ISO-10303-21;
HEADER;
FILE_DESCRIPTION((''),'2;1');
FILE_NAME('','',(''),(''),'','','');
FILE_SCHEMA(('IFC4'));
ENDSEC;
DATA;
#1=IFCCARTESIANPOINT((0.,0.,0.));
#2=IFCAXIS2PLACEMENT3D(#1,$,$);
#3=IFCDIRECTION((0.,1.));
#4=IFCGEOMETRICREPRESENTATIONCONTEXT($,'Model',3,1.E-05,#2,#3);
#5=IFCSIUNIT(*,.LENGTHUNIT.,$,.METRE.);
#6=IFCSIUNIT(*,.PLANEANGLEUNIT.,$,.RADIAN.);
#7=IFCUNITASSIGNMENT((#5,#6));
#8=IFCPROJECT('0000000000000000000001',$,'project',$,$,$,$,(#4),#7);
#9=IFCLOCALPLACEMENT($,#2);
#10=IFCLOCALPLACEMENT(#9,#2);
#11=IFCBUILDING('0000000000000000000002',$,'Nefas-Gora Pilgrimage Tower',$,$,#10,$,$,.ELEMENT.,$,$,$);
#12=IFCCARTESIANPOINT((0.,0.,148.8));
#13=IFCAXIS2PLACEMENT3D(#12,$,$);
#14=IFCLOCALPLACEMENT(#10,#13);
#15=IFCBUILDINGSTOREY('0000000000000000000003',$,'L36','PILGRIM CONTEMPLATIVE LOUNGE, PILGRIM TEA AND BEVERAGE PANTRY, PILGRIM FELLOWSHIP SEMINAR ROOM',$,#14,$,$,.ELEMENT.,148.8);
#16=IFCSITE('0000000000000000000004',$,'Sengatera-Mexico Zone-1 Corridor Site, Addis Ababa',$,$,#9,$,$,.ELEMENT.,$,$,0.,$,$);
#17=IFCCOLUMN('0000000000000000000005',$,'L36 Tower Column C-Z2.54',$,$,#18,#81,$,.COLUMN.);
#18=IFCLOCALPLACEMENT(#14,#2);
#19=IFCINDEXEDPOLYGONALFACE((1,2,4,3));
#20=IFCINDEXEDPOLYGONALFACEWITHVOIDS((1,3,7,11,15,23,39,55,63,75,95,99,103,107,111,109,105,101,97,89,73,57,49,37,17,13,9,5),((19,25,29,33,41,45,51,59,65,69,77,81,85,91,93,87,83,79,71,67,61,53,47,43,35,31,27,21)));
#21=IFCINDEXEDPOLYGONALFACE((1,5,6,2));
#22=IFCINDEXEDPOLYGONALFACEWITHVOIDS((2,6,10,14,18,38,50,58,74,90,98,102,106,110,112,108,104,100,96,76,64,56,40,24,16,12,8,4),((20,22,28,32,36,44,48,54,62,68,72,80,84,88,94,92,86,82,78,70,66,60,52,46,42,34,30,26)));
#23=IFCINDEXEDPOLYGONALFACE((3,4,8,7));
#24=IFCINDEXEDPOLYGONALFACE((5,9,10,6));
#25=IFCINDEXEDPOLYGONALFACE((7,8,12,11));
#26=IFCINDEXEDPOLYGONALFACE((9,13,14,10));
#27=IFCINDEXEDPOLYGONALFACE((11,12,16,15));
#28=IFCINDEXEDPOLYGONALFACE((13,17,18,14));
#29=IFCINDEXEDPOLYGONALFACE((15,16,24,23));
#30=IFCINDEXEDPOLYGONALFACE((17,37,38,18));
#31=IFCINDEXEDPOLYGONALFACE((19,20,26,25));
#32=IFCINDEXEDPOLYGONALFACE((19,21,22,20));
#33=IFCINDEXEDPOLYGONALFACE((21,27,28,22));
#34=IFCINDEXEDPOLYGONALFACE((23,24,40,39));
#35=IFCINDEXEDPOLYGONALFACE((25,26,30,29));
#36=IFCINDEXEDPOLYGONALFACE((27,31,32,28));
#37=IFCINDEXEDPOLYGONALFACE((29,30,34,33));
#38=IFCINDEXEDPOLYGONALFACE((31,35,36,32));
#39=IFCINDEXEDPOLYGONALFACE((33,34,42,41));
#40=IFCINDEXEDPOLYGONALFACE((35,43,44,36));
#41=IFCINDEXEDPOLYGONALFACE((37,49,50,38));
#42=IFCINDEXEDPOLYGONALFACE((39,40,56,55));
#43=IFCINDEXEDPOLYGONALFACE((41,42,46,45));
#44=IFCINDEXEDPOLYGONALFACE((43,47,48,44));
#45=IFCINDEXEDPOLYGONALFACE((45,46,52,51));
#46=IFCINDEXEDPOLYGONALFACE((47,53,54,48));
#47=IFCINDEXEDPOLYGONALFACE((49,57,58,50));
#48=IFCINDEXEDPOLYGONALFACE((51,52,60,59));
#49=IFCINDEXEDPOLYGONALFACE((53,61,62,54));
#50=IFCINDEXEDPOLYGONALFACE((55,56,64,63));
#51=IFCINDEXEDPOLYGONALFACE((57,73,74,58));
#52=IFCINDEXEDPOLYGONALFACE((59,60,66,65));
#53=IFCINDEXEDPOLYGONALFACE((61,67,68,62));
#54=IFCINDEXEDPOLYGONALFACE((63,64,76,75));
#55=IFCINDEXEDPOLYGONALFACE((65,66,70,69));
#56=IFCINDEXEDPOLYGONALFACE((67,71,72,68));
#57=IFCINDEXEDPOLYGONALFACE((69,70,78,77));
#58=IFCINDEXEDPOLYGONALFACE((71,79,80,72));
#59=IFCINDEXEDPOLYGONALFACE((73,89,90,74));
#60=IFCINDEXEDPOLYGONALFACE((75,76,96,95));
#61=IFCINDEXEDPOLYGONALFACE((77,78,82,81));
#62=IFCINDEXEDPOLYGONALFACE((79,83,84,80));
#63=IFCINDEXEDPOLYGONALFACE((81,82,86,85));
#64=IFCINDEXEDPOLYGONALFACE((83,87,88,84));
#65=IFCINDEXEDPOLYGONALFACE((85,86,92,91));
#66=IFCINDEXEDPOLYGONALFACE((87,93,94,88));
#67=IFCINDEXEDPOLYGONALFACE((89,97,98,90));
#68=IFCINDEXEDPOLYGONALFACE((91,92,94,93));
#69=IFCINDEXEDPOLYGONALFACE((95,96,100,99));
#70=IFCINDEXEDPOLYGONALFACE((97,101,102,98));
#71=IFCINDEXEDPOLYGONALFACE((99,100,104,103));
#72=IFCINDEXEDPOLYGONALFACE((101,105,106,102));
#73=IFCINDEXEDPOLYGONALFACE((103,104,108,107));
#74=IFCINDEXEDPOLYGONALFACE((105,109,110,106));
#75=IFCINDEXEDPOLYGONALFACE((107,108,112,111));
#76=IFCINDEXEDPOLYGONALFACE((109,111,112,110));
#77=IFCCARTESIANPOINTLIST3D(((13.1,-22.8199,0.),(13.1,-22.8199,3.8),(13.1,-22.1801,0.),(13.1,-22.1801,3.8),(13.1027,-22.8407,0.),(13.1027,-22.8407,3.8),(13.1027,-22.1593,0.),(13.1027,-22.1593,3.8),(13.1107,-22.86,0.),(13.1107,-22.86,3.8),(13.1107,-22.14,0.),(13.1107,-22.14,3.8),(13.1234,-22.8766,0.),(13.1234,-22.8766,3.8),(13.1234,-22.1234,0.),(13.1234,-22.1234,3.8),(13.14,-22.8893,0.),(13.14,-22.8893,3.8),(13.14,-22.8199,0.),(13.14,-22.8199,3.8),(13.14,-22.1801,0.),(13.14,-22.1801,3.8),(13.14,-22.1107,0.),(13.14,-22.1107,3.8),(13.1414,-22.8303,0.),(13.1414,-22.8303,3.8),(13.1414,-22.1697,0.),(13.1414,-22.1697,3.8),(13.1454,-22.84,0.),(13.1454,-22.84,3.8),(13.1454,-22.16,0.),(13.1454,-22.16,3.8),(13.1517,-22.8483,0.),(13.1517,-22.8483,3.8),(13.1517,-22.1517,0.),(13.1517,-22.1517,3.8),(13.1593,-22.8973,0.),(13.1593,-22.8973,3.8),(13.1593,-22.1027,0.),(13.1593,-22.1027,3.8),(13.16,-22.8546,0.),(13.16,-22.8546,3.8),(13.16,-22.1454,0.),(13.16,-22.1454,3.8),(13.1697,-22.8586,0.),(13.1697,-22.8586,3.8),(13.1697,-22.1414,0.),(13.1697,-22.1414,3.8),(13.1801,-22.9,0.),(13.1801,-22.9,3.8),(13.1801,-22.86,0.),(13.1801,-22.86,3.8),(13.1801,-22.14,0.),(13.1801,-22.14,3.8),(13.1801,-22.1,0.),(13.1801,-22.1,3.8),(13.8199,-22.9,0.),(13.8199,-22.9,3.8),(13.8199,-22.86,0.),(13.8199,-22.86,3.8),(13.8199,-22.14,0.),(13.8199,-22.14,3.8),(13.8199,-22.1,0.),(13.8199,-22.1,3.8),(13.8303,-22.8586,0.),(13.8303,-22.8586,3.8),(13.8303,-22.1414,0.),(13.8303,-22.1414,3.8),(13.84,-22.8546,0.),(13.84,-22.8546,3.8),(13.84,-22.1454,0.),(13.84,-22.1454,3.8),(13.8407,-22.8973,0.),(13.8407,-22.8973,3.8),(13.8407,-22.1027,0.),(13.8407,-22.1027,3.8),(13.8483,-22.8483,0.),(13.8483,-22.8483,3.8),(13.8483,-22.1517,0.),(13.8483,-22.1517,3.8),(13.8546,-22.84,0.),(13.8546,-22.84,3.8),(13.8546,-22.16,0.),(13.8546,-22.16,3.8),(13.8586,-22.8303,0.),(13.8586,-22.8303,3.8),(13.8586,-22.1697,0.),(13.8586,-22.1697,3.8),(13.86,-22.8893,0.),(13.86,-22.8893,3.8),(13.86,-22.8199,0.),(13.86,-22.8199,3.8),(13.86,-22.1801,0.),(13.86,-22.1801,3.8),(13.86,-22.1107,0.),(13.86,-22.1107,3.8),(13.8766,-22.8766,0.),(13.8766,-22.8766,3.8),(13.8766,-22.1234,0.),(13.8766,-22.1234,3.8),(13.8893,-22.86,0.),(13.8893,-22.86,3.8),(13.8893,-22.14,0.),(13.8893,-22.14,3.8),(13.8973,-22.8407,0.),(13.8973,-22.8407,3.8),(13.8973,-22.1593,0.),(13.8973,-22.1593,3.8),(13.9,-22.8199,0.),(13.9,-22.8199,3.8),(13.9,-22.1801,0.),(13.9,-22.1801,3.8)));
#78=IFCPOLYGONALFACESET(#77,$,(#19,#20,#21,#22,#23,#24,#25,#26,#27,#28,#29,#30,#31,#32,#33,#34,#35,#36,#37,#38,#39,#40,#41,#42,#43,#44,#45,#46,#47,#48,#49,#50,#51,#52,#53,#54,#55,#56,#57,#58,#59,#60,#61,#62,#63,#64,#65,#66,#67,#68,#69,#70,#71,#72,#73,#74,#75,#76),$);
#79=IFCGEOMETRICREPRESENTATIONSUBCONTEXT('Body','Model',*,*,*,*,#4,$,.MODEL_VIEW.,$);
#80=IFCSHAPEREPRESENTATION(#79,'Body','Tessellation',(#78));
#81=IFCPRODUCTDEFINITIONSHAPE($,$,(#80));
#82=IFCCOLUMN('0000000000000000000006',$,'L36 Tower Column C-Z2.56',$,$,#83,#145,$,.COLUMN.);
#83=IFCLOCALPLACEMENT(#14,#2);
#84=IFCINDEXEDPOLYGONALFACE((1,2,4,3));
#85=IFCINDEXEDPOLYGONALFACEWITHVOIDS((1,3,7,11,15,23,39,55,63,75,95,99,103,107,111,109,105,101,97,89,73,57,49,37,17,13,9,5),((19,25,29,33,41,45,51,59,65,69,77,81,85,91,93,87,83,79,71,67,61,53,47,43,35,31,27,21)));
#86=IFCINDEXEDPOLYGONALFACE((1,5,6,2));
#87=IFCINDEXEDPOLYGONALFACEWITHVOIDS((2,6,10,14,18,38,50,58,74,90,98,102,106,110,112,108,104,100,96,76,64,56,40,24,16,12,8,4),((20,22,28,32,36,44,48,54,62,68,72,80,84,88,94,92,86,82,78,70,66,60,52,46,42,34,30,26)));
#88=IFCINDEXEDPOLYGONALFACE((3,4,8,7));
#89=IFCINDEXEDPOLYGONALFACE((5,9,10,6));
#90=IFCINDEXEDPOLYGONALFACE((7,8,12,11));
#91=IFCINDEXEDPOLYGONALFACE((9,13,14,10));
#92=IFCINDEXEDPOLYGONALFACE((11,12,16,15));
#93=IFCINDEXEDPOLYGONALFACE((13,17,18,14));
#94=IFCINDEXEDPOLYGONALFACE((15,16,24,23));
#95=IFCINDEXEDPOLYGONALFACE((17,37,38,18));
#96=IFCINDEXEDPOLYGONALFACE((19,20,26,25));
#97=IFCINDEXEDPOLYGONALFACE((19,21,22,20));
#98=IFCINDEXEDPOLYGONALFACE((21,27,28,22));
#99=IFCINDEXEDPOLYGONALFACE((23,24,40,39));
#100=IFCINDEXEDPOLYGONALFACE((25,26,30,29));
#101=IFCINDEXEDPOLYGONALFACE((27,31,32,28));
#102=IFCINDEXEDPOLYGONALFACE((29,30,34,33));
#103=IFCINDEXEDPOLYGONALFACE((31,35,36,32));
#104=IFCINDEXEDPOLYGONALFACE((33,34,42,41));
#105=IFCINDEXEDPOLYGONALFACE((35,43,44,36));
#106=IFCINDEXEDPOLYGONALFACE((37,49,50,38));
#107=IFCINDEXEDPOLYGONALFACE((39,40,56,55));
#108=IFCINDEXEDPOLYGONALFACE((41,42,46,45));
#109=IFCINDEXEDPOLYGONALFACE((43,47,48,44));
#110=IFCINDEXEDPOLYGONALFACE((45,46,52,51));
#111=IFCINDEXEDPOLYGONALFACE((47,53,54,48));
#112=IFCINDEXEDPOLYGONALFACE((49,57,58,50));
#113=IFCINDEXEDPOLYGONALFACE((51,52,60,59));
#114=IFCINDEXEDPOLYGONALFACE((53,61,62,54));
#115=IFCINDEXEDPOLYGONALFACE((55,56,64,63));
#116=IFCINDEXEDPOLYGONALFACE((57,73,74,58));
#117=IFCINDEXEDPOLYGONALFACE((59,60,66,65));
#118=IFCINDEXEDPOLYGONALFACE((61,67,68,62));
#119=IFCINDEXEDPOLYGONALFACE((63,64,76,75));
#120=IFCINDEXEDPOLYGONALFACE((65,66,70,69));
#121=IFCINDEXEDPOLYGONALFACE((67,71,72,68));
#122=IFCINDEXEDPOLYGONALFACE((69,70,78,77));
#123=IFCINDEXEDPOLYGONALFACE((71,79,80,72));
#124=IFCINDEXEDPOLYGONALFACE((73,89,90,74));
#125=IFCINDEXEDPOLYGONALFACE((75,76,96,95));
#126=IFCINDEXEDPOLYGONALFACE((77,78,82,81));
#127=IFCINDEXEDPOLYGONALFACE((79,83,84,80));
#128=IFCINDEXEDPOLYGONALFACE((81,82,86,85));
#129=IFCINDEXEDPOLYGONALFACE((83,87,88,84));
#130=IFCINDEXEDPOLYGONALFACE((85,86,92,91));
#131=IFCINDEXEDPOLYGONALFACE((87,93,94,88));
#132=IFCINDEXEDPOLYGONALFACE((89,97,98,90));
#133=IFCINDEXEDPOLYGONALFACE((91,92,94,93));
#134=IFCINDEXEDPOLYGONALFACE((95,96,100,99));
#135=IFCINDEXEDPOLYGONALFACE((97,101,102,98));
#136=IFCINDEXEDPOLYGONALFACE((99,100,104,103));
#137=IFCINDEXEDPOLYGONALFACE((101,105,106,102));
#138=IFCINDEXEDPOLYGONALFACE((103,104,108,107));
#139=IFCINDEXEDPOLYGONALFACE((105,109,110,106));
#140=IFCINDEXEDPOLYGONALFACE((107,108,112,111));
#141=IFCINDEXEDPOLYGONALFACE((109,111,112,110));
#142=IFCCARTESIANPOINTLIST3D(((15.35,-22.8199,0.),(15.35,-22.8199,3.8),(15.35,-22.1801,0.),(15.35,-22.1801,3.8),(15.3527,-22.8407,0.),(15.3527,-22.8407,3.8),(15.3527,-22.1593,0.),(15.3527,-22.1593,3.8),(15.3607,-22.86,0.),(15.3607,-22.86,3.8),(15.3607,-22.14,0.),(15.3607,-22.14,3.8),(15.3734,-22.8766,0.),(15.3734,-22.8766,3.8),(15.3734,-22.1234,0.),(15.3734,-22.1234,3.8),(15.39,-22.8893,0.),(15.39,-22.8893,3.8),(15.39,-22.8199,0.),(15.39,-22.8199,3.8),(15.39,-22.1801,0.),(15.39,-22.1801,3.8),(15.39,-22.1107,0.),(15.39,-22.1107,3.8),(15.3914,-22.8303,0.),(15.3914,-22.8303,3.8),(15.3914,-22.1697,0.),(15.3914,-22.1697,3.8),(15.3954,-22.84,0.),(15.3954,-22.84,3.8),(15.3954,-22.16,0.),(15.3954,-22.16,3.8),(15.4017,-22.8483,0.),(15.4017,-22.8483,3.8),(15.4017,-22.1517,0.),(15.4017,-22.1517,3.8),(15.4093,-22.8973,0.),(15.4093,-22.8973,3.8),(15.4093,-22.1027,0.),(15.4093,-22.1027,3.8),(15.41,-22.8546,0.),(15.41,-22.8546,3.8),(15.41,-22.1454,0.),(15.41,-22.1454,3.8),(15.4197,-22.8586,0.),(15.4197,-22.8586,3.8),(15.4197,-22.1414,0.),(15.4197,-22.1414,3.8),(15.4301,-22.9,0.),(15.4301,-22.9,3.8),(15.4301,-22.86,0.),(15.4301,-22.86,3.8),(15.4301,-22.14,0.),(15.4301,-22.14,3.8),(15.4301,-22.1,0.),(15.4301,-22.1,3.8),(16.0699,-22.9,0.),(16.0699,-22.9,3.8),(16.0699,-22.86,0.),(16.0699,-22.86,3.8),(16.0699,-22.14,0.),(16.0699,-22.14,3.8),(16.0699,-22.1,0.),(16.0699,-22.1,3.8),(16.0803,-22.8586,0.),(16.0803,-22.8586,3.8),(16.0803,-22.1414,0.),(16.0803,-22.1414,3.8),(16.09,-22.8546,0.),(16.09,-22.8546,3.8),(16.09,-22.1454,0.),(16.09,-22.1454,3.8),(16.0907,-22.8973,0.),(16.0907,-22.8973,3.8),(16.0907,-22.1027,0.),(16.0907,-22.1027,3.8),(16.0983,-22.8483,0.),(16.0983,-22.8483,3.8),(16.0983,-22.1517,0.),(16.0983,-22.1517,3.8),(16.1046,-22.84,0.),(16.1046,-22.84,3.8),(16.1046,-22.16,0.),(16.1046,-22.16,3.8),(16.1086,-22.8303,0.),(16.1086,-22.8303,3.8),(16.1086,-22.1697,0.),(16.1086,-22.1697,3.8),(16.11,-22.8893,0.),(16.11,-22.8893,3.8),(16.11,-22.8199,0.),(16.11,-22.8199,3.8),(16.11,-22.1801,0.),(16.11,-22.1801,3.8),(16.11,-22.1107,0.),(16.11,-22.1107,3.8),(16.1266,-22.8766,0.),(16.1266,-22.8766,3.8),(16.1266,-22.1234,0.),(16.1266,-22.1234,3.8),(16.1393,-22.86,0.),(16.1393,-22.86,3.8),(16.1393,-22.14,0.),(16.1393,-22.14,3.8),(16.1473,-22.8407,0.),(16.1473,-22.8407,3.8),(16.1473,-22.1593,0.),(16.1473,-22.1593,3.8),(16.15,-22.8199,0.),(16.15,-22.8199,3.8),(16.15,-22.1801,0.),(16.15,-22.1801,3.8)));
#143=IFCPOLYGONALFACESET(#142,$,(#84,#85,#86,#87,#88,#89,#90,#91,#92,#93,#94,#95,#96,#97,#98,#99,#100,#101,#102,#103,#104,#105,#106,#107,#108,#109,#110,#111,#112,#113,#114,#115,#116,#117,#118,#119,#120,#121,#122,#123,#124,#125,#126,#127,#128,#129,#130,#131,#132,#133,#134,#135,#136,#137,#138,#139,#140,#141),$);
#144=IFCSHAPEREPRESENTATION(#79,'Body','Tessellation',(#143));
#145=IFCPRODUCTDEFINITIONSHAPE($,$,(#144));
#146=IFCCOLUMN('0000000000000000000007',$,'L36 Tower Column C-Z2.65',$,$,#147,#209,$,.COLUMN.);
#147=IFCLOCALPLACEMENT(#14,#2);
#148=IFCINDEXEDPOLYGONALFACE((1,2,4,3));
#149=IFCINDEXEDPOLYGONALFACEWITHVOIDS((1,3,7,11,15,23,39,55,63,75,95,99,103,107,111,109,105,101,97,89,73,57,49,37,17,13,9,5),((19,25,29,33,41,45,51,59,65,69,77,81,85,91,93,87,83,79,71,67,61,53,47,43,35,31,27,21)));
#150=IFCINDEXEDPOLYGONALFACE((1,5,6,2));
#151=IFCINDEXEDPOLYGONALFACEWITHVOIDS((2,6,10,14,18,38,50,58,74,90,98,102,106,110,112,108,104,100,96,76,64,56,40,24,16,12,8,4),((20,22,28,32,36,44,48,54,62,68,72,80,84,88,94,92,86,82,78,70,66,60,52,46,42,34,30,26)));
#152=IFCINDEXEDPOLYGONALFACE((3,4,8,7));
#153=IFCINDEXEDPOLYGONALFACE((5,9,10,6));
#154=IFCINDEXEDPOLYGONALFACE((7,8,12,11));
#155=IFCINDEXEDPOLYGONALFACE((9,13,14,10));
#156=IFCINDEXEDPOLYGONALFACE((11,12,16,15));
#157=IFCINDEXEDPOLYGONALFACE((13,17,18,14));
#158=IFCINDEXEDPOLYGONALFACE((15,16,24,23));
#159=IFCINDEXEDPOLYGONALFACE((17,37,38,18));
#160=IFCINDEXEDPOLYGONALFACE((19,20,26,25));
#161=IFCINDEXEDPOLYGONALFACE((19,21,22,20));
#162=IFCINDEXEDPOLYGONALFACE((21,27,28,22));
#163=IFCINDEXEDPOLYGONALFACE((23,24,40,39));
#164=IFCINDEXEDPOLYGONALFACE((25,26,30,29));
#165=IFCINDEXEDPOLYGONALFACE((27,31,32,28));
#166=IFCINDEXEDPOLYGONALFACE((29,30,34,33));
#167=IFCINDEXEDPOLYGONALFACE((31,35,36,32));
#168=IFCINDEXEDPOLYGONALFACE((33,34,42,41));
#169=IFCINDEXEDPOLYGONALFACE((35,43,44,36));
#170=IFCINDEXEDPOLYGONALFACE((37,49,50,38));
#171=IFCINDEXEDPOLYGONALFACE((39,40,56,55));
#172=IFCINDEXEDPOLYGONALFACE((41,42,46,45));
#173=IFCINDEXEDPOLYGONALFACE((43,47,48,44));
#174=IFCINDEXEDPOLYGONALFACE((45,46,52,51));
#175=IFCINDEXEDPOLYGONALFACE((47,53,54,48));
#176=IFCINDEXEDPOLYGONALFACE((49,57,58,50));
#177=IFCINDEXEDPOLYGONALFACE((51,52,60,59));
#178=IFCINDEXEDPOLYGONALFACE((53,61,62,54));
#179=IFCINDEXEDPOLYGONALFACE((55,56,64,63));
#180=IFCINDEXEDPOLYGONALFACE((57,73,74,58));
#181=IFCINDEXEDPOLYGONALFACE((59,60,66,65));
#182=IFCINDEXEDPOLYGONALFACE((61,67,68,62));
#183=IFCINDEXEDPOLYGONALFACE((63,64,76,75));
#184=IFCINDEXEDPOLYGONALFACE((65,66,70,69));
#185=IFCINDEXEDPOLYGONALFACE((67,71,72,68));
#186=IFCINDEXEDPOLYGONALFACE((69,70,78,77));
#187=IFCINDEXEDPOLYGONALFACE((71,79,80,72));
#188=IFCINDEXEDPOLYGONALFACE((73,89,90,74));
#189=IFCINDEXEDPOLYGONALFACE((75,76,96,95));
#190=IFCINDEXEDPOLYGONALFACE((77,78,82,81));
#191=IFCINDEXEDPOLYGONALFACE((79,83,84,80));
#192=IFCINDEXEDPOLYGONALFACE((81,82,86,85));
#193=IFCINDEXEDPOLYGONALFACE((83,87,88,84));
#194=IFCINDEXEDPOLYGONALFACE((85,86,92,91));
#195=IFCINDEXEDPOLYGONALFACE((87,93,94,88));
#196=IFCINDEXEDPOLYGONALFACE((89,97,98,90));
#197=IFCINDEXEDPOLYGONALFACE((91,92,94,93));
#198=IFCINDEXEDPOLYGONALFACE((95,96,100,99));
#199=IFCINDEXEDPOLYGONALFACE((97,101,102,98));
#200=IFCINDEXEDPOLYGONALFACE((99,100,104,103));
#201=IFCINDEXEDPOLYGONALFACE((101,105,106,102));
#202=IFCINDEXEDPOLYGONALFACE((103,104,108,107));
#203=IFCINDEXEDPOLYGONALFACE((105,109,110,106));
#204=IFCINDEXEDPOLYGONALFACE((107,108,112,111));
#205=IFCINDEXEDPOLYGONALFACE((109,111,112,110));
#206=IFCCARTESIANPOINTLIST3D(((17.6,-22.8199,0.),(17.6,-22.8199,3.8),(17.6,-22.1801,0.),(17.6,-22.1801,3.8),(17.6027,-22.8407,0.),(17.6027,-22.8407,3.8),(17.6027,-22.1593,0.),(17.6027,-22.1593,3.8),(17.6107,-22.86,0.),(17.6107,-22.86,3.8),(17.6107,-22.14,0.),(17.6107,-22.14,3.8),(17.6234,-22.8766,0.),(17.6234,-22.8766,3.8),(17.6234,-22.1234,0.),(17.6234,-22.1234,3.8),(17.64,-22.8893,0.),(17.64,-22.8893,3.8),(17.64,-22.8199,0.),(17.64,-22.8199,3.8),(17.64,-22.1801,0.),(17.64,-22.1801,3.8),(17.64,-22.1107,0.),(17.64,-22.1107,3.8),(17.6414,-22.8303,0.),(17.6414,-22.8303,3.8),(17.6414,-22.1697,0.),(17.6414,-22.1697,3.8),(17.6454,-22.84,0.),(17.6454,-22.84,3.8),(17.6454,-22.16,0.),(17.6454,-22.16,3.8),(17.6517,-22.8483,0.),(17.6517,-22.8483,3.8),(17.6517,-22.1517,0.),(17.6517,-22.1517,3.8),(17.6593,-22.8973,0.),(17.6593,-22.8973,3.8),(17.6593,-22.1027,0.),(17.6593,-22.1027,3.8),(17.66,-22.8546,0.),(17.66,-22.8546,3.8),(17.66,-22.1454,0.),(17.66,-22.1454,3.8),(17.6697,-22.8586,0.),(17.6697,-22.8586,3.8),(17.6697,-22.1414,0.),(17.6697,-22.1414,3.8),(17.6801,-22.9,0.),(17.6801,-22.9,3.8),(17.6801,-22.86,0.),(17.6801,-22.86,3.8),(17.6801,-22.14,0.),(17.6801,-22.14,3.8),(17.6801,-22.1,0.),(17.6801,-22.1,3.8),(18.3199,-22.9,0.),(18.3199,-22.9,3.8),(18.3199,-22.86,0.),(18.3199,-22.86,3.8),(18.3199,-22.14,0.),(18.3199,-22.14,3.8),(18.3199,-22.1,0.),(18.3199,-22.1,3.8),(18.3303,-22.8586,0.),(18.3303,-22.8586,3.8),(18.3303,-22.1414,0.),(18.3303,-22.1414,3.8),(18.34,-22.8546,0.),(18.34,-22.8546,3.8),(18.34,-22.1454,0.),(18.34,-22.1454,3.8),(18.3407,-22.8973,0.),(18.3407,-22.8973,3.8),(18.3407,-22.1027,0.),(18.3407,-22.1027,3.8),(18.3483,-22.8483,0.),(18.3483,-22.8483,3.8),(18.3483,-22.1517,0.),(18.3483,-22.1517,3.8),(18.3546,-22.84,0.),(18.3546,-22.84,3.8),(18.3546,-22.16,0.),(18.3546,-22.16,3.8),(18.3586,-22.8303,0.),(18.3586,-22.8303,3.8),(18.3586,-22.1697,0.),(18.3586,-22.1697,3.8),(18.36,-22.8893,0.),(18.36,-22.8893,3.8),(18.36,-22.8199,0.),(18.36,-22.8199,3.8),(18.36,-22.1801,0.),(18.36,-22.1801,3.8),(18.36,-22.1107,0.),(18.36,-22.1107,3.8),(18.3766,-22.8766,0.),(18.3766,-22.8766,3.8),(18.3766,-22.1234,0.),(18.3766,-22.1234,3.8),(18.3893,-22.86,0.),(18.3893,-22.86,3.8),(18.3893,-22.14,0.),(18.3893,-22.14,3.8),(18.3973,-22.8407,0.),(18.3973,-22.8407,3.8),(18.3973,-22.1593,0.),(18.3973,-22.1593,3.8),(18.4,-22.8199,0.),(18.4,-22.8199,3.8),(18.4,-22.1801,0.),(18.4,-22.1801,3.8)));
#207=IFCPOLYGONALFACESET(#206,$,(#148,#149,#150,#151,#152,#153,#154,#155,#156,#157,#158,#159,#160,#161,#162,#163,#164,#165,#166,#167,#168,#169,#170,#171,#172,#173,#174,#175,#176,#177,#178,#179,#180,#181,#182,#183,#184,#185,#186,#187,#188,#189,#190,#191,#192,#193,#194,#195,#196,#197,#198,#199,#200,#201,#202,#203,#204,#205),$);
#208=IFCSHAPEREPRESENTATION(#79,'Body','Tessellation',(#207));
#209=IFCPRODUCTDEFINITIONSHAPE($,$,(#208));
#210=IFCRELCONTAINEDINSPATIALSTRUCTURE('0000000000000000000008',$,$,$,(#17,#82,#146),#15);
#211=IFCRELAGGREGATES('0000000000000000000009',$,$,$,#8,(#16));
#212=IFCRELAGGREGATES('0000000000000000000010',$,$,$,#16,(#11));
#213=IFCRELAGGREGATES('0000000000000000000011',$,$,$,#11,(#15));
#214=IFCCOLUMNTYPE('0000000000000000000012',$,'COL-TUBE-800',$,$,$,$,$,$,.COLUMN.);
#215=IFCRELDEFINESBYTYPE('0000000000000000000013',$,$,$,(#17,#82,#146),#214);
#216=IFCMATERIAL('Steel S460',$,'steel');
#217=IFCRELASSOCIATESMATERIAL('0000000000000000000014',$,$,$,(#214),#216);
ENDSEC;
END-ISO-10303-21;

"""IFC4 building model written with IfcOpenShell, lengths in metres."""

from ifc_helpers import new_model, si_unit, direction, frame, origin, origin_2d, place, context, subcontext, project, spatial, hollow_rectangle, extrude, source, transform, mapped, material, material_profile, profile_set, type_object, element, save


model = new_model("IFC4")

# Units and contexts
model_context = context("Model", 3, precision=1e-05, world=origin(), true_north=direction((0.0, 1.0)))
body_context = subcontext(model_context, "Body", "Model", "MODEL_VIEW")
ifc_project = project(units=[si_unit("LENGTHUNIT", "METRE"), si_unit("PLANEANGLEUNIT", "RADIAN")], contexts=[model_context])

# Site, building, storey
site_placement = place(None, origin())
site = spatial("IfcSite", under=ifc_project, at=site_placement, Name="Sengatera-Mexico Zone-1 Corridor Site, Addis Ababa", CompositionType="ELEMENT", RefElevation=0.0)
building_placement = place(site_placement, origin())
building = spatial("IfcBuilding", under=site, at=building_placement, Name="Nefas-Gora Pilgrimage Tower", CompositionType="ELEMENT")
storey_placement = place(building_placement, frame((0.0, 0.0, 148.8)))
storey = spatial("IfcBuildingStorey", under=building, at=storey_placement, Name="L36", Description="PILGRIM CONTEMPLATIVE LOUNGE, PILGRIM TEA AND BEVERAGE PANTRY, PILGRIM FELLOWSHIP SEMINAR ROOM", CompositionType="ELEMENT", Elevation=148.8)

# Columns
ifc_material_1 = material(Name="Steel S460", Category="steel")
ifc_material_profile_1 = material_profile(ifc_material_1, hollow_rectangle(XDim=0.8, YDim=0.8, WallThickness=0.04, InnerFilletRadius=0.04, OuterFilletRadius=0.0801, at=origin_2d()), Name="BOX 800x800x40")
ifc_profile_set_1 = profile_set([ifc_material_profile_1], Name="Steel S460")
column_type_1 = type_object("IfcColumnType", Name="COL-TUBE-800", PredefinedType="COLUMN", material=ifc_profile_set_1)
shared_shape_1 = source(origin(), body_context, "Body", "SweptSolid", [
    extrude(hollow_rectangle(XDim=0.8, YDim=0.8, WallThickness=0.04, InnerFilletRadius=0.04, OuterFilletRadius=0.0801, at=origin_2d()), origin(), (0.0, 0.0, 1.0), 3.8),
])
for number, where, z_axis, x_axis, name in (
    (1, (13.5, -22.5, 0.0), (0.0, 0.0, 1.0), (1.0, 0.0, 0.0), "L36 Tower Column C-Z2.54"),
    (2, (15.75, -22.5, 0.0), (0.0, 0.0, 1.0), (1.0, 0.0, 0.0), "L36 Tower Column C-Z2.56"),
    (3, (18.0, -22.5, 0.0), (0.0, 0.0, 1.0), (1.0, 0.0, 0.0), "L36 Tower Column C-Z2.65"),
):
    element("IfcColumn", number, at=place(storey_placement, frame(where, z_axis=z_axis, x_axis=x_axis)), inside=storey, type_object=column_type_1, Name=name, PredefinedType="COLUMN", context=body_context, shape_type="MappedRepresentation", body=[
        mapped(shared_shape_1, transform((0.0, 0.0, 0.0), x_axis=(1.0, 0.0, 0.0), y_axis=(0.0, 1.0, 0.0), z_axis=(0.0, 0.0, 1.0), scale=1.0)),
    ])

save(model, "model.ifc")
